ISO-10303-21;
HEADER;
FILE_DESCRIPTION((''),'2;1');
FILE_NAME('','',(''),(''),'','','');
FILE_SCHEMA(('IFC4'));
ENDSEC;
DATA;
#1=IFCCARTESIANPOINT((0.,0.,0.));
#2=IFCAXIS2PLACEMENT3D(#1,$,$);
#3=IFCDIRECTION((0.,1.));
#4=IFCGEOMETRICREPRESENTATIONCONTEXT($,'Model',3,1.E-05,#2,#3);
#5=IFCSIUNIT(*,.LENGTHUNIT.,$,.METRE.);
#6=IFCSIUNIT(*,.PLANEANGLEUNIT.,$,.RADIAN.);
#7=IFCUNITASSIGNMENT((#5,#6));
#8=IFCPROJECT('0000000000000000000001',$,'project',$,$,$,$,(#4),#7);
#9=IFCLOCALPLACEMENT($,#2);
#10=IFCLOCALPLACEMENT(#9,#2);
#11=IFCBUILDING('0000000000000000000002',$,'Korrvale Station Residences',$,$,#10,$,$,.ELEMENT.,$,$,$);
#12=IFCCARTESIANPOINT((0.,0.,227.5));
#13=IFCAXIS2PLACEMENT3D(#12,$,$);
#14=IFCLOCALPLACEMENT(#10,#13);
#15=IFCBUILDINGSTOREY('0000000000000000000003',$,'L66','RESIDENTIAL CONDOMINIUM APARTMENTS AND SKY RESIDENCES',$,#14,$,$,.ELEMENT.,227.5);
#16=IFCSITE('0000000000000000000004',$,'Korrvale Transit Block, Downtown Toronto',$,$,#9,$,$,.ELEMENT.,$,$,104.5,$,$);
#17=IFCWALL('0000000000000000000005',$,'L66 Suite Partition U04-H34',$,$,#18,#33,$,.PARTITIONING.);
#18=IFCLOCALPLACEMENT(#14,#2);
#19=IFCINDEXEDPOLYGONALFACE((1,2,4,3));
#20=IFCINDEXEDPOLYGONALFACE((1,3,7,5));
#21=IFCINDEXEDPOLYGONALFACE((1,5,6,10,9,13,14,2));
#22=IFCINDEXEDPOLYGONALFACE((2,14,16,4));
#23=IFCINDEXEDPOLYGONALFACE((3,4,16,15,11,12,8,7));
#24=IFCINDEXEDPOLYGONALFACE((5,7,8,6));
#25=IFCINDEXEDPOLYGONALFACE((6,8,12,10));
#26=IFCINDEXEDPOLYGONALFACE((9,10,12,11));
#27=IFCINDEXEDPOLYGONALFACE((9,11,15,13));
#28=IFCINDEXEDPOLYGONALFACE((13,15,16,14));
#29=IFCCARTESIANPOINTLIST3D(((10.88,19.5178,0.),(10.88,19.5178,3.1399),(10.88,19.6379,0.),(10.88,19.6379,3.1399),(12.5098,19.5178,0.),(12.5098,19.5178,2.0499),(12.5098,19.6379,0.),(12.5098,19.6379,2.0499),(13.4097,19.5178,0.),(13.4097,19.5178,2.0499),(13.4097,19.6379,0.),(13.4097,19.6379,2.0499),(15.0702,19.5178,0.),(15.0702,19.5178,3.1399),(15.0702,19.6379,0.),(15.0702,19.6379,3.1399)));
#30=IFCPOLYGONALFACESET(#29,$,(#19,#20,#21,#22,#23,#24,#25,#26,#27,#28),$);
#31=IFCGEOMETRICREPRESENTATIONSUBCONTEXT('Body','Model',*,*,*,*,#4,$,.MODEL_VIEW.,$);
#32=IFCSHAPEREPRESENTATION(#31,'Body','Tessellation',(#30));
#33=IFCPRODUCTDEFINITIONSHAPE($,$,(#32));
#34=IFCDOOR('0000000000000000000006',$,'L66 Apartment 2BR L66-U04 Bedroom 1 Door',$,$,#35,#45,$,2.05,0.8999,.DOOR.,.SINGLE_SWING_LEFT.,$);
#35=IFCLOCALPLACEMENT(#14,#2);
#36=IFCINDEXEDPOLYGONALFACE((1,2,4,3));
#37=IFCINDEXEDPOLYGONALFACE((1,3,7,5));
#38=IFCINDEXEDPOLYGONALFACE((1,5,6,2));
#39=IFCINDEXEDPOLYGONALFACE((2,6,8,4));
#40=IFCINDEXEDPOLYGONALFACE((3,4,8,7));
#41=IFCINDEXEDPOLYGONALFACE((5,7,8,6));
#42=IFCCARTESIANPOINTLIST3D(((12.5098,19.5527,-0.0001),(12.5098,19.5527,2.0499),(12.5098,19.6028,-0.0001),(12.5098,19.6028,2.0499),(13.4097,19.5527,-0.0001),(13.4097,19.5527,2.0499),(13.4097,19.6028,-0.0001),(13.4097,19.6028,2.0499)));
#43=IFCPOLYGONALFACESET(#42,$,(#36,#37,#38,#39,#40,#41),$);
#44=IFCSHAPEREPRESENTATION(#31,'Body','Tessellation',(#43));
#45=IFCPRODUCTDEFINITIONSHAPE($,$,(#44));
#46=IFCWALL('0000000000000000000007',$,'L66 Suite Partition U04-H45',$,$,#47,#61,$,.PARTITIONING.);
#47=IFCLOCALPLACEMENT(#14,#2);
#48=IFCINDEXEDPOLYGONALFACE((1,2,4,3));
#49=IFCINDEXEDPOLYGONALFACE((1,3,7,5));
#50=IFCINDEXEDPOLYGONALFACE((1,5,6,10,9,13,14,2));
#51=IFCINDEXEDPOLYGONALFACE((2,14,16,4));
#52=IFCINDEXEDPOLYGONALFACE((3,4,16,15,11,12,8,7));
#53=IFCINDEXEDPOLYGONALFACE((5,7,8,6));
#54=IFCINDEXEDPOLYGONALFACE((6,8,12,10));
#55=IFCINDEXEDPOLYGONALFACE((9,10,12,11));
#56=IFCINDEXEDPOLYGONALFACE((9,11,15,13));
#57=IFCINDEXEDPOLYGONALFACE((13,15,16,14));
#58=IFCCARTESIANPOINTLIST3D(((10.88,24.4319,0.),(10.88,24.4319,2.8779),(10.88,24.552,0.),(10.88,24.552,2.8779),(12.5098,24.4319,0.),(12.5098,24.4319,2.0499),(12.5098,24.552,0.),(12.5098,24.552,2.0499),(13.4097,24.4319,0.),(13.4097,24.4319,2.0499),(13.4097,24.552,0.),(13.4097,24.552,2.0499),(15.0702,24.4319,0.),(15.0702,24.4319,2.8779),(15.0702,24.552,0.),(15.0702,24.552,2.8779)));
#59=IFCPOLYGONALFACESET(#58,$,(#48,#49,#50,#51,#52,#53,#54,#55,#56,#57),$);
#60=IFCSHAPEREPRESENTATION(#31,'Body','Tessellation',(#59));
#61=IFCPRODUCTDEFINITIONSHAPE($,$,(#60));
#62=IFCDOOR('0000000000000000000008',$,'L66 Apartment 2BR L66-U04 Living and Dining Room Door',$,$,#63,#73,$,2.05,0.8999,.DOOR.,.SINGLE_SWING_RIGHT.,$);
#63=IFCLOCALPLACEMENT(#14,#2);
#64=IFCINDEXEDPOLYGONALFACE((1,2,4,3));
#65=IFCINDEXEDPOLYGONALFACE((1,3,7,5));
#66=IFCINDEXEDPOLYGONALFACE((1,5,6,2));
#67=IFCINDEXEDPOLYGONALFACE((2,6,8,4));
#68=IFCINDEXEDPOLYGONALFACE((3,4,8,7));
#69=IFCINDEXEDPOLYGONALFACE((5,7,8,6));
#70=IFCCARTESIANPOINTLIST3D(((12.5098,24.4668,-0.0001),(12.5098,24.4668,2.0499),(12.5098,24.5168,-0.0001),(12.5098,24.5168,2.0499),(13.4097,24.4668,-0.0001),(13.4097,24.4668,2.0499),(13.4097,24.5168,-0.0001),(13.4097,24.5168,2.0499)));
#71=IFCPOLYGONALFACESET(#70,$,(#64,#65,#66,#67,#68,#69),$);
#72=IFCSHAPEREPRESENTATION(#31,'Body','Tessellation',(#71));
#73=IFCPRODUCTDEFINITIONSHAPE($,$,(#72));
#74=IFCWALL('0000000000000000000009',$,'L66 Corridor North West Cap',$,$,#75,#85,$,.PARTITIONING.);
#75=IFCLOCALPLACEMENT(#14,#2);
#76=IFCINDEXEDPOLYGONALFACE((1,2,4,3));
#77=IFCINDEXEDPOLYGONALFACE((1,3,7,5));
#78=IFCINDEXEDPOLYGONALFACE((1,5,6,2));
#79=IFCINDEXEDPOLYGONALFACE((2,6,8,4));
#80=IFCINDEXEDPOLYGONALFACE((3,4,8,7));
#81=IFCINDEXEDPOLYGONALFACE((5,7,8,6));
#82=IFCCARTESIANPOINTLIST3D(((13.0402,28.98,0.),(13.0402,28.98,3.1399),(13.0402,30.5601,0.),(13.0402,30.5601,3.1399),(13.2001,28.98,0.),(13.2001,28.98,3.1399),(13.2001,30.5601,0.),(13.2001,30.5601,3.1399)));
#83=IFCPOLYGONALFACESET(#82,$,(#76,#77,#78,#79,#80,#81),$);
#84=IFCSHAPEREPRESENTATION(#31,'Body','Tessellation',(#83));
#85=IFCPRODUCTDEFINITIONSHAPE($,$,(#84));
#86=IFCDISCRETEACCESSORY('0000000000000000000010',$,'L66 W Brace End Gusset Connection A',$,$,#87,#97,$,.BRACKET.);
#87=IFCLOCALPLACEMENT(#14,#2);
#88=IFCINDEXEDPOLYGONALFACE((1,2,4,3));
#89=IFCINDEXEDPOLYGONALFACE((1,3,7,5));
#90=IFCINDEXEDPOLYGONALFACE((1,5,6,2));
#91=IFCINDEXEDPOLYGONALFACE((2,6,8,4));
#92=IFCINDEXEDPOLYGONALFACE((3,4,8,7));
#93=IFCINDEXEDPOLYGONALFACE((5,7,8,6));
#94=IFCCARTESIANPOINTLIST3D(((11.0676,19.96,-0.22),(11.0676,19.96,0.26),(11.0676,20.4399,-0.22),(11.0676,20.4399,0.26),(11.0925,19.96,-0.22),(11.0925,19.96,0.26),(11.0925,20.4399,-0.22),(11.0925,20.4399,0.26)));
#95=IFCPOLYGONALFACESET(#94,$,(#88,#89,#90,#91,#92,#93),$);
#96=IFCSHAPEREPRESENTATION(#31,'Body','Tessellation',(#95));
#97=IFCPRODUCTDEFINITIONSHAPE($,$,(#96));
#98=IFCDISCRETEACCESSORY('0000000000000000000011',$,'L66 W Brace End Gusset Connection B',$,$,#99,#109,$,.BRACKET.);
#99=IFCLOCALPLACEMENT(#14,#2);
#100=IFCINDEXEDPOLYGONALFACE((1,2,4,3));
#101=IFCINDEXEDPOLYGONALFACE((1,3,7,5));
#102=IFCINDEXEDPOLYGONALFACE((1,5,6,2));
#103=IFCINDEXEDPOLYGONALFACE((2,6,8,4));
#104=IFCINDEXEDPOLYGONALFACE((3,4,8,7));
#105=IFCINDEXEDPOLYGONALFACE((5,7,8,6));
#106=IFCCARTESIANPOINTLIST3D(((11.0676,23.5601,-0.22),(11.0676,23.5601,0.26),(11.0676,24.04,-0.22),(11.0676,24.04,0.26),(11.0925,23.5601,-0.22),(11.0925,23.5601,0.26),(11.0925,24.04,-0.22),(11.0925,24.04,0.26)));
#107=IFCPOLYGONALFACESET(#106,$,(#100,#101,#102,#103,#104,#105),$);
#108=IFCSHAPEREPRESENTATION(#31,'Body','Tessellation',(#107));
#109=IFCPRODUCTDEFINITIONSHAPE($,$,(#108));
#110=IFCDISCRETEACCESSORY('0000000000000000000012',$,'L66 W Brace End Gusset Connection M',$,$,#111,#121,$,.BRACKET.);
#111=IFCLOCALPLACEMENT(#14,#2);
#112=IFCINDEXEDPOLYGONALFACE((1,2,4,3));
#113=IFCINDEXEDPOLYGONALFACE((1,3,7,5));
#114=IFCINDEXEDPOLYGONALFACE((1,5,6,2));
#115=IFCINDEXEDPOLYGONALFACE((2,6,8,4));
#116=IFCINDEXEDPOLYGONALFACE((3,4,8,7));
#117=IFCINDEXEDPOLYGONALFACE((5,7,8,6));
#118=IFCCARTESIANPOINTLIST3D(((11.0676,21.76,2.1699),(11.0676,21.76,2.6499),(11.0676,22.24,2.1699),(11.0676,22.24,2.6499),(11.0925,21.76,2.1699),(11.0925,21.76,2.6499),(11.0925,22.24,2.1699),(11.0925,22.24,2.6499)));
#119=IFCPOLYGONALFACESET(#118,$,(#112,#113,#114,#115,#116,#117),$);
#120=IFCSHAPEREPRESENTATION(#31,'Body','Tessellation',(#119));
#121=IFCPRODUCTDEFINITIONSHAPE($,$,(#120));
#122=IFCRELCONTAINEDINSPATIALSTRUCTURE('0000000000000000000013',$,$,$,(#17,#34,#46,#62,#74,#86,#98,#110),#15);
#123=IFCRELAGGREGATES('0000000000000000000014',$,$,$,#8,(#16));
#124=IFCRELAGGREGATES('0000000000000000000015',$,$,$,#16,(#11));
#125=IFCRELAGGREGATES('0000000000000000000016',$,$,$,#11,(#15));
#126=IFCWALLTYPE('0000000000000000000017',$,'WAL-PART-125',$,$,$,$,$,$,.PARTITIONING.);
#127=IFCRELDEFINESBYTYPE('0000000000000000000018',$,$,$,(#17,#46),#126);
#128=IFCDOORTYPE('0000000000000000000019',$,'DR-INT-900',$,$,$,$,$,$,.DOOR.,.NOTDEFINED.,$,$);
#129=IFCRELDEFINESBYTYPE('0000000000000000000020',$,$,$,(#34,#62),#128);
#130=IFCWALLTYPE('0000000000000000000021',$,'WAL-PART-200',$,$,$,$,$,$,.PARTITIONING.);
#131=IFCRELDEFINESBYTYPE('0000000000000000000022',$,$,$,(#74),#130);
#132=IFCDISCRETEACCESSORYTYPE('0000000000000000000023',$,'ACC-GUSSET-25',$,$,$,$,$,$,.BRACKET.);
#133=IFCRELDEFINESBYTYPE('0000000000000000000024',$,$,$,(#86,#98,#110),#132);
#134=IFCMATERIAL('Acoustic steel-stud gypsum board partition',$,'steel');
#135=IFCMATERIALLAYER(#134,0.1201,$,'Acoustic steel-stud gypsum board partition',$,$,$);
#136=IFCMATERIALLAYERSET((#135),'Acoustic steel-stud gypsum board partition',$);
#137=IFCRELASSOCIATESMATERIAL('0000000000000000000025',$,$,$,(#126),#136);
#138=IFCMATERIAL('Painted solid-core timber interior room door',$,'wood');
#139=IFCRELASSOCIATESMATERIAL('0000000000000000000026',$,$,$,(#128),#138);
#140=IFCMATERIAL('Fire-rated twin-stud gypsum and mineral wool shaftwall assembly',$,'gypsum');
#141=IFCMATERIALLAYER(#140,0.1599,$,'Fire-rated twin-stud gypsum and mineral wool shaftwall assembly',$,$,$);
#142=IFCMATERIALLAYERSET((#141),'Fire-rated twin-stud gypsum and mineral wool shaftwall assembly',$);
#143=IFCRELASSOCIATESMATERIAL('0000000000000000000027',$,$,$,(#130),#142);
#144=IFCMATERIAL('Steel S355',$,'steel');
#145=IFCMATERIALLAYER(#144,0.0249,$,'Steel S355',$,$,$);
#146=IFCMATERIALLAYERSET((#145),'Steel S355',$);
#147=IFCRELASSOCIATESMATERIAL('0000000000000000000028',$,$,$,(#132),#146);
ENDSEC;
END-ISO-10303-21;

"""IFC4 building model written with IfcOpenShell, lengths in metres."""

from ifc_helpers import new_model, si_unit, direction, frame, frame_2d, origin, origin_2d, place, context, subcontext, project, spatial, rectangle, extrude, material, layer, layer_set, type_object, element, fill, save


model = new_model("IFC4")

# Units and contexts
model_context = context("Model", 3, precision=1e-05, world=origin(), true_north=direction((0.0, 1.0)))
body_context = subcontext(model_context, "Body", "Model", "MODEL_VIEW")
ifc_project = project(units=[si_unit("LENGTHUNIT", "METRE"), si_unit("PLANEANGLEUNIT", "RADIAN")], contexts=[model_context])

# Site, building, storey
site_placement = place(None, origin())
site = spatial("IfcSite", under=ifc_project, at=site_placement, Name="Korrvale Transit Block, Downtown Toronto", CompositionType="ELEMENT", RefElevation=104.5)
building_placement = place(site_placement, origin())
building = spatial("IfcBuilding", under=site, at=building_placement, Name="Korrvale Station Residences", CompositionType="ELEMENT")
storey_placement = place(building_placement, frame((0.0, 0.0, 227.5)))
storey = spatial("IfcBuildingStorey", under=building, at=storey_placement, Name="L66", Description="RESIDENTIAL CONDOMINIUM APARTMENTS AND SKY RESIDENCES", CompositionType="ELEMENT", Elevation=227.5)

# Shared definitions
ifc_material_1 = material(Name="Steel S355", Category="steel")

# Shared definitions
ifc_material_2 = material(Name="Acoustic steel-stud gypsum board partition", Category="steel")
ifc_layer_1 = layer(ifc_material_2, 0.1201, Name="Acoustic steel-stud gypsum board partition")
ifc_layer_set_1 = layer_set([ifc_layer_1], Name="Acoustic steel-stud gypsum board partition")
wall_type_1 = type_object("IfcWallType", Name="WAL-PART-125", PredefinedType="PARTITIONING", material=ifc_layer_set_1)

# Shared definitions
ifc_material_3 = material(Name="Painted solid-core timber interior room door", Category="wood")
door_type_1 = type_object("IfcDoorType", Name="DR-INT-900", OperationType="NOTDEFINED", PredefinedType="DOOR", material=ifc_material_3)

# Walls, openings, doors
wall_1_placement = place(storey_placement, frame((10.8799, 19.5779, 0.0), z_axis=(0.0, 0.0, 1.0), x_axis=(1.0, 0.0, 0.0)))
wall_1 = element("IfcWall", 1, at=wall_1_placement, inside=storey, type_object=wall_type_1, Name="L66 Suite Partition U04-H34", PredefinedType="PARTITIONING", context=body_context, shape_type="SweptSolid", body=[
    extrude(rectangle(XDim=4.1902, YDim=0.1201, at=frame_2d((2.0952, 0.0))), origin(), (0.0, 0.0, 1.0), 3.1399),
])
opening_1_placement = place(wall_1_placement, frame((1.6299, 0.0, 0.0)))
opening_1 = element("IfcOpeningElement", 2, at=opening_1_placement, cuts=wall_1, PredefinedType="OPENING", context=body_context, shape_type="SweptSolid", body=[
    extrude(rectangle(XDim=0.8999, YDim=2.05, at=frame_2d((0.45, 1.0249))), frame((0.0, 0.0701, 0.0), z_axis=(0.0, -1.0, 0.0), x_axis=(1.0, 0.0, 0.0)), (0.0, 0.0, 1.0), 0.1401),
])
door_1_placement = place(opening_1_placement, origin())
door_1 = element("IfcDoor", 3, at=door_1_placement, inside=storey, type_object=door_type_1, Name="L66 Apartment 2BR L66-U04 Bedroom 1 Door", OperationType="SINGLE_SWING_LEFT", OverallHeight=2.05, OverallWidth=0.8999, PredefinedType="DOOR", context=body_context, shape_type="SweptSolid", body=[
    extrude(rectangle(XDim=0.8999, YDim=2.05, at=frame_2d((0.45, 1.0249))), frame((0.0, 0.0249, 0.0), z_axis=(0.0, -1.0, 0.0), x_axis=(1.0, 0.0, 0.0)), (0.0, 0.0, 1.0), 0.05),
])
fill(opening_1, door_1)
wall_2_placement = place(storey_placement, frame((10.8799, 24.4919, 0.0), z_axis=(0.0, 0.0, 1.0), x_axis=(1.0, 0.0, 0.0)))
wall_2 = element("IfcWall", 4, at=wall_2_placement, inside=storey, type_object=wall_type_1, Name="L66 Suite Partition U04-H45", PredefinedType="PARTITIONING", context=body_context, shape_type="SweptSolid", body=[
    extrude(rectangle(XDim=4.1902, YDim=0.1201, at=frame_2d((2.0952, 0.0))), origin(), (0.0, 0.0, 1.0), 2.8779),
])
opening_2_placement = place(wall_2_placement, frame((1.6299, 0.0, 0.0)))
opening_2 = element("IfcOpeningElement", 5, at=opening_2_placement, cuts=wall_2, PredefinedType="OPENING", context=body_context, shape_type="SweptSolid", body=[
    extrude(rectangle(XDim=0.8999, YDim=2.05, at=frame_2d((0.45, 1.0249))), frame((0.0, 0.0701, 0.0), z_axis=(0.0, -1.0, 0.0), x_axis=(1.0, 0.0, 0.0)), (0.0, 0.0, 1.0), 0.1401),
])
door_2_placement = place(opening_2_placement, origin())
door_2 = element("IfcDoor", 6, at=door_2_placement, inside=storey, type_object=door_type_1, Name="L66 Apartment 2BR L66-U04 Living and Dining Room Door", OperationType="SINGLE_SWING_RIGHT", OverallHeight=2.05, OverallWidth=0.8999, PredefinedType="DOOR", context=body_context, shape_type="SweptSolid", body=[
    extrude(rectangle(XDim=0.8999, YDim=2.05, at=frame_2d((0.45, 1.0249))), frame((0.0, 0.0249, 0.0), z_axis=(0.0, -1.0, 0.0), x_axis=(1.0, 0.0, 0.0)), (0.0, 0.0, 1.0), 0.05),
])
fill(opening_2, door_2)

# Wall
ifc_material_4 = material(Name="Fire-rated twin-stud gypsum and mineral wool shaftwall assembly", Category="gypsum")
ifc_layer_2 = layer(ifc_material_4, 0.1599, Name="Fire-rated twin-stud gypsum and mineral wool shaftwall assembly")
ifc_layer_set_2 = layer_set([ifc_layer_2], Name="Fire-rated twin-stud gypsum and mineral wool shaftwall assembly")
wall_type_2 = type_object("IfcWallType", Name="WAL-PART-200", PredefinedType="PARTITIONING", material=ifc_layer_set_2)
wall_3_placement = place(storey_placement, frame((13.1201, 28.98, 0.0), z_axis=(0.0, 0.0, 1.0), x_axis=(0.0, 1.0, 0.0)))
element("IfcWall", 7, at=wall_3_placement, inside=storey, type_object=wall_type_2, Name="L66 Corridor North West Cap", PredefinedType="PARTITIONING", context=body_context, shape_type="SweptSolid", body=[
    extrude(rectangle(XDim=1.5801, YDim=0.1599, at=frame_2d((0.79, 0.0))), origin(), (0.0, 0.0, 1.0), 3.1399),
])

# Discrete accessories
ifc_layer_3 = layer(ifc_material_1, 0.0249, Name="Steel S355")
ifc_layer_set_3 = layer_set([ifc_layer_3], Name="Steel S355")
discrete_accessory_type = type_object("IfcDiscreteAccessoryType", Name="ACC-GUSSET-25", PredefinedType="BRACKET", material=ifc_layer_set_3)
for number, where, z_axis, x_axis, name in (
    (8, (11.0801, 20.2, -0.22), (0.0, 0.0, 1.0), (0.0, 1.0, 0.0), "L66 W Brace End Gusset Connection A"),
    (9, (11.0801, 23.8, -0.22), (0.0, 0.0, 1.0), (0.0, 1.0, 0.0), "L66 W Brace End Gusset Connection B"),
    (10, (11.0801, 22.0, 2.1699), (0.0, 0.0, 1.0), (0.0, 1.0, 0.0), "L66 W Brace End Gusset Connection M"),
):
    element("IfcDiscreteAccessory", number, at=place(storey_placement, frame(where, z_axis=z_axis, x_axis=x_axis)), inside=storey, type_object=discrete_accessory_type, Name=name, PredefinedType="BRACKET", context=body_context, shape_type="SweptSolid", body=[
        extrude(rectangle(XDim=0.48, YDim=0.0249, at=origin_2d()), origin(), (0.0, 0.0, 1.0), 0.48),
    ])

save(model, "model.ifc")
